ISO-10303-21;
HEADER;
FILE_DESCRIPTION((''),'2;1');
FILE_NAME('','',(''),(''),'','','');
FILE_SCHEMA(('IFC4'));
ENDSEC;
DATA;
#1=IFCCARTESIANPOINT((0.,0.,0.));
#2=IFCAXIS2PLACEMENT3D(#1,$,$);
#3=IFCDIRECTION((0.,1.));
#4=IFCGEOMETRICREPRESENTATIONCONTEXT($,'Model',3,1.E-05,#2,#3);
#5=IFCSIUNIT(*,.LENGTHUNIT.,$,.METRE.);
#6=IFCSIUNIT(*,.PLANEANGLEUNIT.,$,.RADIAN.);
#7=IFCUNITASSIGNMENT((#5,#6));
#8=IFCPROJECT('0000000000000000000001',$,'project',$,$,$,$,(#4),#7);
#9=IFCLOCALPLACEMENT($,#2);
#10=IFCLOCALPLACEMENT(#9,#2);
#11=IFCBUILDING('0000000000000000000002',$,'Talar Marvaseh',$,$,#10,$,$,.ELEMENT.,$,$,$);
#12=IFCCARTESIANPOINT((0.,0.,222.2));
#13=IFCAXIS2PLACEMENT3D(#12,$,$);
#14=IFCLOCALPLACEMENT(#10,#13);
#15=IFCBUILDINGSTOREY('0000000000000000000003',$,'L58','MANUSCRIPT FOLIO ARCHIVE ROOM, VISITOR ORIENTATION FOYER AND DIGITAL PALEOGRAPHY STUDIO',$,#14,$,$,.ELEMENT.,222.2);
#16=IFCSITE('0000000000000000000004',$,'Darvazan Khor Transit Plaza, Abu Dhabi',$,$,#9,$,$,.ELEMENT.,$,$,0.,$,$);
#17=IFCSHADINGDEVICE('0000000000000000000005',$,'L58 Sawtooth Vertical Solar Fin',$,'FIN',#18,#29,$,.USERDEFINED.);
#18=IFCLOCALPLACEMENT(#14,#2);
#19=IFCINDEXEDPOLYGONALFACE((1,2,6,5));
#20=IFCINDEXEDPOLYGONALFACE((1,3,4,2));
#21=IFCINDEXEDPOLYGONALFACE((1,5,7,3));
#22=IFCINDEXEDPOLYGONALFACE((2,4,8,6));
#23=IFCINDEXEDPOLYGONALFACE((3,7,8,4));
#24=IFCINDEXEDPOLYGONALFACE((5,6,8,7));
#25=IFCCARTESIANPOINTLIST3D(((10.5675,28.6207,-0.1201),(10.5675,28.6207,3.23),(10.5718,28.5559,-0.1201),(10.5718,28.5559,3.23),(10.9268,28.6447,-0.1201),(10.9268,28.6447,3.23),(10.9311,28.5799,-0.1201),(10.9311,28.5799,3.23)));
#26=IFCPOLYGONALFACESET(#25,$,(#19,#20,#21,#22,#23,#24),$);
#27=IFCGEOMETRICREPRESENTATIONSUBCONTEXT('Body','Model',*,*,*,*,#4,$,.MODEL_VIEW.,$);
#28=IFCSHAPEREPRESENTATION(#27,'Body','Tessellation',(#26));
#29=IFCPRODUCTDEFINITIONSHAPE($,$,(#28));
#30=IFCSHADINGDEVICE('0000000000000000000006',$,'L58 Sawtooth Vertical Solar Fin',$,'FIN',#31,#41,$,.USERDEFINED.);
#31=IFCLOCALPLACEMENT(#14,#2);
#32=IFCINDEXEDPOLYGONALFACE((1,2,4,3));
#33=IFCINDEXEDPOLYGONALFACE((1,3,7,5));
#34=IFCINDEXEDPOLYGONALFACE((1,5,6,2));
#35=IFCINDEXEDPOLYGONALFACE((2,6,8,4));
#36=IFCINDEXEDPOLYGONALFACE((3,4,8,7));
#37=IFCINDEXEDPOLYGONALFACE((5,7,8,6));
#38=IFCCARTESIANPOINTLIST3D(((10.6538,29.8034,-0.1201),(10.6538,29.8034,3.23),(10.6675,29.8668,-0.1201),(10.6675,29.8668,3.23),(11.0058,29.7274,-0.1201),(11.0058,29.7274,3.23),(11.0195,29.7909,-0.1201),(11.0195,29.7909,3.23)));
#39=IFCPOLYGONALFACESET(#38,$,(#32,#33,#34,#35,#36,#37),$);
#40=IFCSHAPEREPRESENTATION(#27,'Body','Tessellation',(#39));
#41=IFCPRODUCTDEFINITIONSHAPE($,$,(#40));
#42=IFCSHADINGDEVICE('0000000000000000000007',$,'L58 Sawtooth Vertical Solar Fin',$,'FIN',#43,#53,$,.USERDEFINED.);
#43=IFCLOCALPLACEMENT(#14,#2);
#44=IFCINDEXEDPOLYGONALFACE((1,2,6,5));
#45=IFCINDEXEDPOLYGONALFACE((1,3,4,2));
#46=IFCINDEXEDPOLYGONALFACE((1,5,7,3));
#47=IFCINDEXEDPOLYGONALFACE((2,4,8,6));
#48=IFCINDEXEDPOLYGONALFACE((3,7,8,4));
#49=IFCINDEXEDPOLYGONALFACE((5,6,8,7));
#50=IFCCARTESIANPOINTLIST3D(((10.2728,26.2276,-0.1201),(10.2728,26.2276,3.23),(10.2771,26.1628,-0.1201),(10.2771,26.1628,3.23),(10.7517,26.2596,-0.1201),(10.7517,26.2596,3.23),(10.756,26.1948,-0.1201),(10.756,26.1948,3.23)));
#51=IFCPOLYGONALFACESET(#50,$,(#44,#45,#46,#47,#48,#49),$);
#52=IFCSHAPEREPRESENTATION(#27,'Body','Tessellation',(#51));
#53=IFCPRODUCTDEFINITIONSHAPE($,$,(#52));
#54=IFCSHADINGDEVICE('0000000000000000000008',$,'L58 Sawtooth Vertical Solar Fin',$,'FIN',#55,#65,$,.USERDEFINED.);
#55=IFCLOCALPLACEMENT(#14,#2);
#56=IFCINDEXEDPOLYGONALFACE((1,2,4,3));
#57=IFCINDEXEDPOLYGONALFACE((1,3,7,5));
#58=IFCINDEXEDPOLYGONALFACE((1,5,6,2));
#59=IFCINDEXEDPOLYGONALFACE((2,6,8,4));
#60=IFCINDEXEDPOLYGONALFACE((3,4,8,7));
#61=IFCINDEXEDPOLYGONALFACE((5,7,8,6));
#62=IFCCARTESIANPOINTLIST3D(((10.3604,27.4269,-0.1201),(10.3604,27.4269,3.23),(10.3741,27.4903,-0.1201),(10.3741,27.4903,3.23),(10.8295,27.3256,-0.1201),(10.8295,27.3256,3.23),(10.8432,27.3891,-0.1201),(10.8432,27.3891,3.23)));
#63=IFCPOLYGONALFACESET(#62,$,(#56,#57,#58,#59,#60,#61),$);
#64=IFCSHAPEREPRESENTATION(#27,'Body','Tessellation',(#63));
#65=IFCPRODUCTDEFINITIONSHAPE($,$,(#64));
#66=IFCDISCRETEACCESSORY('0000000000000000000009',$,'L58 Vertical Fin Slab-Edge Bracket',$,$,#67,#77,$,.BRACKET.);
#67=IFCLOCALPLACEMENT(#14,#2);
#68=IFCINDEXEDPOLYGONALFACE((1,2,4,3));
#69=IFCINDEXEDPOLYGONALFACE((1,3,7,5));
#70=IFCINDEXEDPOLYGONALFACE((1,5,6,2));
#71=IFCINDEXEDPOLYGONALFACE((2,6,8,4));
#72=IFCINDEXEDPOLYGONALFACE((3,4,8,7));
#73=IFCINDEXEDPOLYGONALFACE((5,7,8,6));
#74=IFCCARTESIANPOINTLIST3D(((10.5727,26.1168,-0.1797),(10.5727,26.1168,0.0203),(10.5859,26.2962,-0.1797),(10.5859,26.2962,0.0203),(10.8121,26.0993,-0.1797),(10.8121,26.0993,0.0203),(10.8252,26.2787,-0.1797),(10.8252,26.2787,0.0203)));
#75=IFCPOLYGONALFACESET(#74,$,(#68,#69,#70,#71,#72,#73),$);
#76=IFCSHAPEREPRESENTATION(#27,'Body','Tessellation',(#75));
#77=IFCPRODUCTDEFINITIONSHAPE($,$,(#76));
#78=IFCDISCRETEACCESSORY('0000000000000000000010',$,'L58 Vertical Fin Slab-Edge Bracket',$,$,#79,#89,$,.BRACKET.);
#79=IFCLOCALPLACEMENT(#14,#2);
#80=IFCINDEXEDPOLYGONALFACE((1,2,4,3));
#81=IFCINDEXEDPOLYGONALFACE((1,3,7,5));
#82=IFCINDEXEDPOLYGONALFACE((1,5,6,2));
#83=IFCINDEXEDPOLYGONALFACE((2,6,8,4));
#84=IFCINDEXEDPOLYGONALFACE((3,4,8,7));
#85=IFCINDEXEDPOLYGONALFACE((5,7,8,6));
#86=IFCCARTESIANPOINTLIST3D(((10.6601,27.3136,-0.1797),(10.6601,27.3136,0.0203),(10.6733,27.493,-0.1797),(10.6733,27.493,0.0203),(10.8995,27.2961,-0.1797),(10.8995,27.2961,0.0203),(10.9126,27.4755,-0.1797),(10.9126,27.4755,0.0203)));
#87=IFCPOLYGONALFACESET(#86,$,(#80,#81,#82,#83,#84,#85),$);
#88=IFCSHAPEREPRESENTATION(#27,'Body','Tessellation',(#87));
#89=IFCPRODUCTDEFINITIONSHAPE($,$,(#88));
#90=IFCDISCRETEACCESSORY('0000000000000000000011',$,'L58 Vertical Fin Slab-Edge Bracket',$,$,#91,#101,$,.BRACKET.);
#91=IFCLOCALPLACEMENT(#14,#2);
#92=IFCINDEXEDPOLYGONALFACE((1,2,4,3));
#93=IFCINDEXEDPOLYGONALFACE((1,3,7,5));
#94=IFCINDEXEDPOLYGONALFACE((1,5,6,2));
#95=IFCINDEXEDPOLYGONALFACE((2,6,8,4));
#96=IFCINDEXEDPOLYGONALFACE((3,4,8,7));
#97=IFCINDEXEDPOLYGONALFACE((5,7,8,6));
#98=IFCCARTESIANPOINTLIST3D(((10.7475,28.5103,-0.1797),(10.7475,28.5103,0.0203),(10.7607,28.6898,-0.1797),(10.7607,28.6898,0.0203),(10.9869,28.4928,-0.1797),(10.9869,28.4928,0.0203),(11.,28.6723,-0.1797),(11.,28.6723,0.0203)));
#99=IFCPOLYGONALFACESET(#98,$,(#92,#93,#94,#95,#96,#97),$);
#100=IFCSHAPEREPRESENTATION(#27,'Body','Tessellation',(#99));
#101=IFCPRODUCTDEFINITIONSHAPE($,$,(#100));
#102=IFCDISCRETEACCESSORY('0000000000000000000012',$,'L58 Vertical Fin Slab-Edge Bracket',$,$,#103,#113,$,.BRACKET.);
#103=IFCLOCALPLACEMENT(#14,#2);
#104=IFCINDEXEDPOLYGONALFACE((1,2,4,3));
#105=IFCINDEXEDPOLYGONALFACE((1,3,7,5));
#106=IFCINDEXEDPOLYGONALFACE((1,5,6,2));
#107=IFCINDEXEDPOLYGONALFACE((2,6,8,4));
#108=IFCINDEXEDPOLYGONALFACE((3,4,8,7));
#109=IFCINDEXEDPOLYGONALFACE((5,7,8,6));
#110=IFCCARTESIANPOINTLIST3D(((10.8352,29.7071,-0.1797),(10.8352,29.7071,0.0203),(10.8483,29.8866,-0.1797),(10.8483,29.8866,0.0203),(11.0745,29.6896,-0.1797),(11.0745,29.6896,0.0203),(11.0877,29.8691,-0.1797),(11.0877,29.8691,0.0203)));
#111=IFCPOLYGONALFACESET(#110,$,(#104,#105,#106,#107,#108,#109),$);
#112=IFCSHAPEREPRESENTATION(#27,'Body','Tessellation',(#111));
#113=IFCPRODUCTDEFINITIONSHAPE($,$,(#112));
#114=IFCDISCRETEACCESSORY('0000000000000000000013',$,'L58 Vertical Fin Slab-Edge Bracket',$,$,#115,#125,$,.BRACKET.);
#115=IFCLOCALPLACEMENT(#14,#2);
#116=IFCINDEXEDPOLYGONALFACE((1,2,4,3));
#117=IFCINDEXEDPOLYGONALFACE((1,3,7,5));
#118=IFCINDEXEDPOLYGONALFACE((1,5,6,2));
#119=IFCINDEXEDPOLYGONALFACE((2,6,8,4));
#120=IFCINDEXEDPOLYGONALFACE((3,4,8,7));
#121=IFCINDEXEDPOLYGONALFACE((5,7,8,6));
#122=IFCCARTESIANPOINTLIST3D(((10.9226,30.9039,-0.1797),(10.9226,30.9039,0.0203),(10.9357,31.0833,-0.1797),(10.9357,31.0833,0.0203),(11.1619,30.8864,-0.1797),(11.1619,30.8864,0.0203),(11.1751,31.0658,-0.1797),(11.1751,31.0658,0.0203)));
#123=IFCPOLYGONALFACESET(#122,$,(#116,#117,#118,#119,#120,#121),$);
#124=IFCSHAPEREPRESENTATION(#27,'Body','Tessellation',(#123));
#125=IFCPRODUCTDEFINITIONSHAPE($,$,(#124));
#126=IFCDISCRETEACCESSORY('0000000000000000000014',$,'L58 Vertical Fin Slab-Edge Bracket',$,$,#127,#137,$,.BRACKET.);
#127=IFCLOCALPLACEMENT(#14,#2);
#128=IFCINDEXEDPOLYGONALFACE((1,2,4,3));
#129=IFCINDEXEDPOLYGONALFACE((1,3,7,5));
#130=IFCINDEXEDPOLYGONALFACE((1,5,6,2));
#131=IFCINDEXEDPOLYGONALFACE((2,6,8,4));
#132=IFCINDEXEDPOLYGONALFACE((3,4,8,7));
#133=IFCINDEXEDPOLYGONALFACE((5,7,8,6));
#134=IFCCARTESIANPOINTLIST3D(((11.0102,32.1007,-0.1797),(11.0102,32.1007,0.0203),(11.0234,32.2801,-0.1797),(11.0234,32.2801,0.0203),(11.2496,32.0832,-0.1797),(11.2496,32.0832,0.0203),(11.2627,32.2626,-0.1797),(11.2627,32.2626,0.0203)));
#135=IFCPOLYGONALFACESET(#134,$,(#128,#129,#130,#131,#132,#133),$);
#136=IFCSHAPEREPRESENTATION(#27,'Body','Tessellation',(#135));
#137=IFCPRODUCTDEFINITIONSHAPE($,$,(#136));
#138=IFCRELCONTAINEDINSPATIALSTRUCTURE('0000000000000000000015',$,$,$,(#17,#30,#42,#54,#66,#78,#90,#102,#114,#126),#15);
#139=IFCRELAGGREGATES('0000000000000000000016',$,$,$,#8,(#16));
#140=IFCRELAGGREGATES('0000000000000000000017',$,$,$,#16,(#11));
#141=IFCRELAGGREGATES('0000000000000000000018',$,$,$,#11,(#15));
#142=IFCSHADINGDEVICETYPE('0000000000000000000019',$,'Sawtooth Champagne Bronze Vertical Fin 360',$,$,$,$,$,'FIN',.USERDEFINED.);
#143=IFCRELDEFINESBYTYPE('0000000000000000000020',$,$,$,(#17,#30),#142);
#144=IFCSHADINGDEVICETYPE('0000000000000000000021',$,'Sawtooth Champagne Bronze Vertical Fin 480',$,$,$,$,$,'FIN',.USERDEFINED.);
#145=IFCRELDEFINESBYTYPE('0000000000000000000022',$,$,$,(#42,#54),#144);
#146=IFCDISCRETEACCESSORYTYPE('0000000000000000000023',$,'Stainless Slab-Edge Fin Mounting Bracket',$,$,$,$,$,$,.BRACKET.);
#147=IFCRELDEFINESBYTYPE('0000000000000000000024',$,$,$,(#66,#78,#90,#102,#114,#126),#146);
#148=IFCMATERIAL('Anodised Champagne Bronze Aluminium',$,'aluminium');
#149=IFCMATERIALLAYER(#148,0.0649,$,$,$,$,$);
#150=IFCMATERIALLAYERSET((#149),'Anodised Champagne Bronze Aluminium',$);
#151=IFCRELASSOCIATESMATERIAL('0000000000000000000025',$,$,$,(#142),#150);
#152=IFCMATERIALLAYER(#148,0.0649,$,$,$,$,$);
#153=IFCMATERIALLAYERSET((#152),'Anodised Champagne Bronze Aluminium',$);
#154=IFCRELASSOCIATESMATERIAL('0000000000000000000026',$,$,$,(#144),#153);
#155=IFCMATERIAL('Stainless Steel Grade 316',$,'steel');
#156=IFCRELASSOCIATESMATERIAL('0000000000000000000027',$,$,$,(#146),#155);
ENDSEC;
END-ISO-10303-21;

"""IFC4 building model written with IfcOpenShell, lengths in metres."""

from ifc_helpers import new_model, si_unit, direction, frame, origin, origin_2d, place, context, subcontext, project, spatial, rectangle, extrude, source, transform, mapped, material, layer, layer_set, type_object, type_shapes, element, save


model = new_model("IFC4")

# Units and contexts
model_context = context("Model", 3, precision=1e-05, world=origin(), true_north=direction((0.0, 1.0)))
body_context = subcontext(model_context, "Body", "Model", "MODEL_VIEW")
ifc_project = project(units=[si_unit("LENGTHUNIT", "METRE"), si_unit("PLANEANGLEUNIT", "RADIAN")], contexts=[model_context])

# Site, building, storey
site_placement = place(None, origin())
site = spatial("IfcSite", under=ifc_project, at=site_placement, Name="Darvazan Khor Transit Plaza, Abu Dhabi", CompositionType="ELEMENT", RefElevation=0.0)
building_placement = place(site_placement, origin())
building = spatial("IfcBuilding", under=site, at=building_placement, Name="Talar Marvaseh", CompositionType="ELEMENT")
storey_placement = place(building_placement, frame((0.0, 0.0, 222.2)))
storey = spatial("IfcBuildingStorey", under=building, at=storey_placement, Name="L58", Description="MANUSCRIPT FOLIO ARCHIVE ROOM, VISITOR ORIENTATION FOYER AND DIGITAL PALEOGRAPHY STUDIO", CompositionType="ELEMENT", Elevation=222.2)

# Shading devices
ifc_material_1 = material(Name="Anodised Champagne Bronze Aluminium", Category="aluminium")
ifc_layer_1 = layer(ifc_material_1, 0.0649)
ifc_layer_set_1 = layer_set([ifc_layer_1], Name="Anodised Champagne Bronze Aluminium")
shading_device_type_1 = type_object("IfcShadingDeviceType", Name="Sawtooth Champagne Bronze Vertical Fin 360", ElementType="FIN", PredefinedType="USERDEFINED", material=ifc_layer_set_1)
shared_shape_1 = source(origin(), body_context, "Body", "SweptSolid", [
    extrude(rectangle(XDim=0.3601, YDim=0.0649, at=origin_2d()), origin(), (0.0, 0.0, 1.0), 3.3501),
])
type_shapes(shading_device_type_1, [shared_shape_1])
for number, where, z_axis, x_axis, name in (
    (1, (10.7493, 28.6003, -0.1201), (0.0, 0.0, 1.0), (-0.997778, -0.066622, 0.0), "L58 Sawtooth Vertical Solar Fin"),
    (2, (10.8367, 29.7971, -0.1201), (0.0, 0.0, 1.0), (-0.97749, 0.210984, 0.0), "L58 Sawtooth Vertical Solar Fin"),
):
    element("IfcShadingDevice", number, at=place(storey_placement, frame(where, z_axis=z_axis, x_axis=x_axis)), inside=storey, type_object=shading_device_type_1, Name=name, ObjectType="FIN", PredefinedType="USERDEFINED", context=body_context, shape_type="MappedRepresentation", body=[
        mapped(shared_shape_1, transform((0.0, 0.0, 0.0), x_axis=(1.0, 0.0, 0.0), y_axis=(0.0, 1.0, 0.0), z_axis=(0.0, 0.0, 1.0), scale=1.0)),
    ])
ifc_layer_2 = layer(ifc_material_1, 0.0649)
ifc_layer_set_2 = layer_set([ifc_layer_2], Name="Anodised Champagne Bronze Aluminium")
shading_device_type_2 = type_object("IfcShadingDeviceType", Name="Sawtooth Champagne Bronze Vertical Fin 480", ElementType="FIN", PredefinedType="USERDEFINED", material=ifc_layer_set_2)
shared_shape_2 = source(origin(), body_context, "Body", "SweptSolid", [
    extrude(rectangle(XDim=0.48, YDim=0.0649, at=origin_2d()), origin(), (0.0, 0.0, 1.0), 3.3501),
])
type_shapes(shading_device_type_2, [shared_shape_2])
for number, where, z_axis, x_axis, name in (
    (3, (10.5144, 26.2112, -0.1201), (0.0, 0.0, 1.0), (-0.997778, -0.066622, 0.0), "L58 Sawtooth Vertical Solar Fin"),
    (4, (10.6018, 27.408, -0.1201), (0.0, 0.0, 1.0), (-0.97749, 0.210984, 0.0), "L58 Sawtooth Vertical Solar Fin"),
):
    element("IfcShadingDevice", number, at=place(storey_placement, frame(where, z_axis=z_axis, x_axis=x_axis)), inside=storey, type_object=shading_device_type_2, Name=name, ObjectType="FIN", PredefinedType="USERDEFINED", context=body_context, shape_type="MappedRepresentation", body=[
        mapped(shared_shape_2, transform((0.0, 0.0, 0.0), x_axis=(1.0, 0.0, 0.0), y_axis=(0.0, 1.0, 0.0), z_axis=(0.0, 0.0, 1.0), scale=1.0)),
    ])

# Discrete accessories
ifc_material_2 = material(Name="Stainless Steel Grade 316", Category="steel")
discrete_accessory_type = type_object("IfcDiscreteAccessoryType", Name="Stainless Slab-Edge Fin Mounting Bracket", PredefinedType="BRACKET", material=ifc_material_2)
shared_shape_3 = source(origin(), body_context, "Body", "SweptSolid", [
    extrude(rectangle(XDim=0.24, YDim=0.1799, at=origin_2d()), origin(), (0.0, 0.0, 1.0), 0.2),
])
type_shapes(discrete_accessory_type, [shared_shape_3])
for number, where, z_axis, x_axis, name in (
    (5, (10.699, 26.1978, -0.1797), (0.0, 0.0, 1.0), (-0.99734, 0.07289, 0.0), "L58 Vertical Fin Slab-Edge Bracket"),
    (6, (10.7864, 27.3945, -0.1797), (0.0, 0.0, 1.0), (-0.99734, 0.07289, 0.0), "L58 Vertical Fin Slab-Edge Bracket"),
    (7, (10.8738, 28.5913, -0.1797), (0.0, 0.0, 1.0), (-0.99734, 0.07289, 0.0), "L58 Vertical Fin Slab-Edge Bracket"),
    (8, (10.9614, 29.7881, -0.1797), (0.0, 0.0, 1.0), (-0.99734, 0.07289, 0.0), "L58 Vertical Fin Slab-Edge Bracket"),
    (9, (11.0488, 30.9849, -0.1797), (0.0, 0.0, 1.0), (-0.99734, 0.07289, 0.0), "L58 Vertical Fin Slab-Edge Bracket"),
    (10, (11.1365, 32.1816, -0.1797), (0.0, 0.0, 1.0), (-0.99734, 0.07289, 0.0), "L58 Vertical Fin Slab-Edge Bracket"),
):
    element("IfcDiscreteAccessory", number, at=place(storey_placement, frame(where, z_axis=z_axis, x_axis=x_axis)), inside=storey, type_object=discrete_accessory_type, Name=name, PredefinedType="BRACKET", context=body_context, shape_type="MappedRepresentation", body=[
        mapped(shared_shape_3, transform((0.0, 0.0, 0.0), x_axis=(1.0, 0.0, 0.0), y_axis=(0.0, 1.0, 0.0), z_axis=(0.0, 0.0, 1.0), scale=1.0)),
    ])

save(model, "model.ifc")
